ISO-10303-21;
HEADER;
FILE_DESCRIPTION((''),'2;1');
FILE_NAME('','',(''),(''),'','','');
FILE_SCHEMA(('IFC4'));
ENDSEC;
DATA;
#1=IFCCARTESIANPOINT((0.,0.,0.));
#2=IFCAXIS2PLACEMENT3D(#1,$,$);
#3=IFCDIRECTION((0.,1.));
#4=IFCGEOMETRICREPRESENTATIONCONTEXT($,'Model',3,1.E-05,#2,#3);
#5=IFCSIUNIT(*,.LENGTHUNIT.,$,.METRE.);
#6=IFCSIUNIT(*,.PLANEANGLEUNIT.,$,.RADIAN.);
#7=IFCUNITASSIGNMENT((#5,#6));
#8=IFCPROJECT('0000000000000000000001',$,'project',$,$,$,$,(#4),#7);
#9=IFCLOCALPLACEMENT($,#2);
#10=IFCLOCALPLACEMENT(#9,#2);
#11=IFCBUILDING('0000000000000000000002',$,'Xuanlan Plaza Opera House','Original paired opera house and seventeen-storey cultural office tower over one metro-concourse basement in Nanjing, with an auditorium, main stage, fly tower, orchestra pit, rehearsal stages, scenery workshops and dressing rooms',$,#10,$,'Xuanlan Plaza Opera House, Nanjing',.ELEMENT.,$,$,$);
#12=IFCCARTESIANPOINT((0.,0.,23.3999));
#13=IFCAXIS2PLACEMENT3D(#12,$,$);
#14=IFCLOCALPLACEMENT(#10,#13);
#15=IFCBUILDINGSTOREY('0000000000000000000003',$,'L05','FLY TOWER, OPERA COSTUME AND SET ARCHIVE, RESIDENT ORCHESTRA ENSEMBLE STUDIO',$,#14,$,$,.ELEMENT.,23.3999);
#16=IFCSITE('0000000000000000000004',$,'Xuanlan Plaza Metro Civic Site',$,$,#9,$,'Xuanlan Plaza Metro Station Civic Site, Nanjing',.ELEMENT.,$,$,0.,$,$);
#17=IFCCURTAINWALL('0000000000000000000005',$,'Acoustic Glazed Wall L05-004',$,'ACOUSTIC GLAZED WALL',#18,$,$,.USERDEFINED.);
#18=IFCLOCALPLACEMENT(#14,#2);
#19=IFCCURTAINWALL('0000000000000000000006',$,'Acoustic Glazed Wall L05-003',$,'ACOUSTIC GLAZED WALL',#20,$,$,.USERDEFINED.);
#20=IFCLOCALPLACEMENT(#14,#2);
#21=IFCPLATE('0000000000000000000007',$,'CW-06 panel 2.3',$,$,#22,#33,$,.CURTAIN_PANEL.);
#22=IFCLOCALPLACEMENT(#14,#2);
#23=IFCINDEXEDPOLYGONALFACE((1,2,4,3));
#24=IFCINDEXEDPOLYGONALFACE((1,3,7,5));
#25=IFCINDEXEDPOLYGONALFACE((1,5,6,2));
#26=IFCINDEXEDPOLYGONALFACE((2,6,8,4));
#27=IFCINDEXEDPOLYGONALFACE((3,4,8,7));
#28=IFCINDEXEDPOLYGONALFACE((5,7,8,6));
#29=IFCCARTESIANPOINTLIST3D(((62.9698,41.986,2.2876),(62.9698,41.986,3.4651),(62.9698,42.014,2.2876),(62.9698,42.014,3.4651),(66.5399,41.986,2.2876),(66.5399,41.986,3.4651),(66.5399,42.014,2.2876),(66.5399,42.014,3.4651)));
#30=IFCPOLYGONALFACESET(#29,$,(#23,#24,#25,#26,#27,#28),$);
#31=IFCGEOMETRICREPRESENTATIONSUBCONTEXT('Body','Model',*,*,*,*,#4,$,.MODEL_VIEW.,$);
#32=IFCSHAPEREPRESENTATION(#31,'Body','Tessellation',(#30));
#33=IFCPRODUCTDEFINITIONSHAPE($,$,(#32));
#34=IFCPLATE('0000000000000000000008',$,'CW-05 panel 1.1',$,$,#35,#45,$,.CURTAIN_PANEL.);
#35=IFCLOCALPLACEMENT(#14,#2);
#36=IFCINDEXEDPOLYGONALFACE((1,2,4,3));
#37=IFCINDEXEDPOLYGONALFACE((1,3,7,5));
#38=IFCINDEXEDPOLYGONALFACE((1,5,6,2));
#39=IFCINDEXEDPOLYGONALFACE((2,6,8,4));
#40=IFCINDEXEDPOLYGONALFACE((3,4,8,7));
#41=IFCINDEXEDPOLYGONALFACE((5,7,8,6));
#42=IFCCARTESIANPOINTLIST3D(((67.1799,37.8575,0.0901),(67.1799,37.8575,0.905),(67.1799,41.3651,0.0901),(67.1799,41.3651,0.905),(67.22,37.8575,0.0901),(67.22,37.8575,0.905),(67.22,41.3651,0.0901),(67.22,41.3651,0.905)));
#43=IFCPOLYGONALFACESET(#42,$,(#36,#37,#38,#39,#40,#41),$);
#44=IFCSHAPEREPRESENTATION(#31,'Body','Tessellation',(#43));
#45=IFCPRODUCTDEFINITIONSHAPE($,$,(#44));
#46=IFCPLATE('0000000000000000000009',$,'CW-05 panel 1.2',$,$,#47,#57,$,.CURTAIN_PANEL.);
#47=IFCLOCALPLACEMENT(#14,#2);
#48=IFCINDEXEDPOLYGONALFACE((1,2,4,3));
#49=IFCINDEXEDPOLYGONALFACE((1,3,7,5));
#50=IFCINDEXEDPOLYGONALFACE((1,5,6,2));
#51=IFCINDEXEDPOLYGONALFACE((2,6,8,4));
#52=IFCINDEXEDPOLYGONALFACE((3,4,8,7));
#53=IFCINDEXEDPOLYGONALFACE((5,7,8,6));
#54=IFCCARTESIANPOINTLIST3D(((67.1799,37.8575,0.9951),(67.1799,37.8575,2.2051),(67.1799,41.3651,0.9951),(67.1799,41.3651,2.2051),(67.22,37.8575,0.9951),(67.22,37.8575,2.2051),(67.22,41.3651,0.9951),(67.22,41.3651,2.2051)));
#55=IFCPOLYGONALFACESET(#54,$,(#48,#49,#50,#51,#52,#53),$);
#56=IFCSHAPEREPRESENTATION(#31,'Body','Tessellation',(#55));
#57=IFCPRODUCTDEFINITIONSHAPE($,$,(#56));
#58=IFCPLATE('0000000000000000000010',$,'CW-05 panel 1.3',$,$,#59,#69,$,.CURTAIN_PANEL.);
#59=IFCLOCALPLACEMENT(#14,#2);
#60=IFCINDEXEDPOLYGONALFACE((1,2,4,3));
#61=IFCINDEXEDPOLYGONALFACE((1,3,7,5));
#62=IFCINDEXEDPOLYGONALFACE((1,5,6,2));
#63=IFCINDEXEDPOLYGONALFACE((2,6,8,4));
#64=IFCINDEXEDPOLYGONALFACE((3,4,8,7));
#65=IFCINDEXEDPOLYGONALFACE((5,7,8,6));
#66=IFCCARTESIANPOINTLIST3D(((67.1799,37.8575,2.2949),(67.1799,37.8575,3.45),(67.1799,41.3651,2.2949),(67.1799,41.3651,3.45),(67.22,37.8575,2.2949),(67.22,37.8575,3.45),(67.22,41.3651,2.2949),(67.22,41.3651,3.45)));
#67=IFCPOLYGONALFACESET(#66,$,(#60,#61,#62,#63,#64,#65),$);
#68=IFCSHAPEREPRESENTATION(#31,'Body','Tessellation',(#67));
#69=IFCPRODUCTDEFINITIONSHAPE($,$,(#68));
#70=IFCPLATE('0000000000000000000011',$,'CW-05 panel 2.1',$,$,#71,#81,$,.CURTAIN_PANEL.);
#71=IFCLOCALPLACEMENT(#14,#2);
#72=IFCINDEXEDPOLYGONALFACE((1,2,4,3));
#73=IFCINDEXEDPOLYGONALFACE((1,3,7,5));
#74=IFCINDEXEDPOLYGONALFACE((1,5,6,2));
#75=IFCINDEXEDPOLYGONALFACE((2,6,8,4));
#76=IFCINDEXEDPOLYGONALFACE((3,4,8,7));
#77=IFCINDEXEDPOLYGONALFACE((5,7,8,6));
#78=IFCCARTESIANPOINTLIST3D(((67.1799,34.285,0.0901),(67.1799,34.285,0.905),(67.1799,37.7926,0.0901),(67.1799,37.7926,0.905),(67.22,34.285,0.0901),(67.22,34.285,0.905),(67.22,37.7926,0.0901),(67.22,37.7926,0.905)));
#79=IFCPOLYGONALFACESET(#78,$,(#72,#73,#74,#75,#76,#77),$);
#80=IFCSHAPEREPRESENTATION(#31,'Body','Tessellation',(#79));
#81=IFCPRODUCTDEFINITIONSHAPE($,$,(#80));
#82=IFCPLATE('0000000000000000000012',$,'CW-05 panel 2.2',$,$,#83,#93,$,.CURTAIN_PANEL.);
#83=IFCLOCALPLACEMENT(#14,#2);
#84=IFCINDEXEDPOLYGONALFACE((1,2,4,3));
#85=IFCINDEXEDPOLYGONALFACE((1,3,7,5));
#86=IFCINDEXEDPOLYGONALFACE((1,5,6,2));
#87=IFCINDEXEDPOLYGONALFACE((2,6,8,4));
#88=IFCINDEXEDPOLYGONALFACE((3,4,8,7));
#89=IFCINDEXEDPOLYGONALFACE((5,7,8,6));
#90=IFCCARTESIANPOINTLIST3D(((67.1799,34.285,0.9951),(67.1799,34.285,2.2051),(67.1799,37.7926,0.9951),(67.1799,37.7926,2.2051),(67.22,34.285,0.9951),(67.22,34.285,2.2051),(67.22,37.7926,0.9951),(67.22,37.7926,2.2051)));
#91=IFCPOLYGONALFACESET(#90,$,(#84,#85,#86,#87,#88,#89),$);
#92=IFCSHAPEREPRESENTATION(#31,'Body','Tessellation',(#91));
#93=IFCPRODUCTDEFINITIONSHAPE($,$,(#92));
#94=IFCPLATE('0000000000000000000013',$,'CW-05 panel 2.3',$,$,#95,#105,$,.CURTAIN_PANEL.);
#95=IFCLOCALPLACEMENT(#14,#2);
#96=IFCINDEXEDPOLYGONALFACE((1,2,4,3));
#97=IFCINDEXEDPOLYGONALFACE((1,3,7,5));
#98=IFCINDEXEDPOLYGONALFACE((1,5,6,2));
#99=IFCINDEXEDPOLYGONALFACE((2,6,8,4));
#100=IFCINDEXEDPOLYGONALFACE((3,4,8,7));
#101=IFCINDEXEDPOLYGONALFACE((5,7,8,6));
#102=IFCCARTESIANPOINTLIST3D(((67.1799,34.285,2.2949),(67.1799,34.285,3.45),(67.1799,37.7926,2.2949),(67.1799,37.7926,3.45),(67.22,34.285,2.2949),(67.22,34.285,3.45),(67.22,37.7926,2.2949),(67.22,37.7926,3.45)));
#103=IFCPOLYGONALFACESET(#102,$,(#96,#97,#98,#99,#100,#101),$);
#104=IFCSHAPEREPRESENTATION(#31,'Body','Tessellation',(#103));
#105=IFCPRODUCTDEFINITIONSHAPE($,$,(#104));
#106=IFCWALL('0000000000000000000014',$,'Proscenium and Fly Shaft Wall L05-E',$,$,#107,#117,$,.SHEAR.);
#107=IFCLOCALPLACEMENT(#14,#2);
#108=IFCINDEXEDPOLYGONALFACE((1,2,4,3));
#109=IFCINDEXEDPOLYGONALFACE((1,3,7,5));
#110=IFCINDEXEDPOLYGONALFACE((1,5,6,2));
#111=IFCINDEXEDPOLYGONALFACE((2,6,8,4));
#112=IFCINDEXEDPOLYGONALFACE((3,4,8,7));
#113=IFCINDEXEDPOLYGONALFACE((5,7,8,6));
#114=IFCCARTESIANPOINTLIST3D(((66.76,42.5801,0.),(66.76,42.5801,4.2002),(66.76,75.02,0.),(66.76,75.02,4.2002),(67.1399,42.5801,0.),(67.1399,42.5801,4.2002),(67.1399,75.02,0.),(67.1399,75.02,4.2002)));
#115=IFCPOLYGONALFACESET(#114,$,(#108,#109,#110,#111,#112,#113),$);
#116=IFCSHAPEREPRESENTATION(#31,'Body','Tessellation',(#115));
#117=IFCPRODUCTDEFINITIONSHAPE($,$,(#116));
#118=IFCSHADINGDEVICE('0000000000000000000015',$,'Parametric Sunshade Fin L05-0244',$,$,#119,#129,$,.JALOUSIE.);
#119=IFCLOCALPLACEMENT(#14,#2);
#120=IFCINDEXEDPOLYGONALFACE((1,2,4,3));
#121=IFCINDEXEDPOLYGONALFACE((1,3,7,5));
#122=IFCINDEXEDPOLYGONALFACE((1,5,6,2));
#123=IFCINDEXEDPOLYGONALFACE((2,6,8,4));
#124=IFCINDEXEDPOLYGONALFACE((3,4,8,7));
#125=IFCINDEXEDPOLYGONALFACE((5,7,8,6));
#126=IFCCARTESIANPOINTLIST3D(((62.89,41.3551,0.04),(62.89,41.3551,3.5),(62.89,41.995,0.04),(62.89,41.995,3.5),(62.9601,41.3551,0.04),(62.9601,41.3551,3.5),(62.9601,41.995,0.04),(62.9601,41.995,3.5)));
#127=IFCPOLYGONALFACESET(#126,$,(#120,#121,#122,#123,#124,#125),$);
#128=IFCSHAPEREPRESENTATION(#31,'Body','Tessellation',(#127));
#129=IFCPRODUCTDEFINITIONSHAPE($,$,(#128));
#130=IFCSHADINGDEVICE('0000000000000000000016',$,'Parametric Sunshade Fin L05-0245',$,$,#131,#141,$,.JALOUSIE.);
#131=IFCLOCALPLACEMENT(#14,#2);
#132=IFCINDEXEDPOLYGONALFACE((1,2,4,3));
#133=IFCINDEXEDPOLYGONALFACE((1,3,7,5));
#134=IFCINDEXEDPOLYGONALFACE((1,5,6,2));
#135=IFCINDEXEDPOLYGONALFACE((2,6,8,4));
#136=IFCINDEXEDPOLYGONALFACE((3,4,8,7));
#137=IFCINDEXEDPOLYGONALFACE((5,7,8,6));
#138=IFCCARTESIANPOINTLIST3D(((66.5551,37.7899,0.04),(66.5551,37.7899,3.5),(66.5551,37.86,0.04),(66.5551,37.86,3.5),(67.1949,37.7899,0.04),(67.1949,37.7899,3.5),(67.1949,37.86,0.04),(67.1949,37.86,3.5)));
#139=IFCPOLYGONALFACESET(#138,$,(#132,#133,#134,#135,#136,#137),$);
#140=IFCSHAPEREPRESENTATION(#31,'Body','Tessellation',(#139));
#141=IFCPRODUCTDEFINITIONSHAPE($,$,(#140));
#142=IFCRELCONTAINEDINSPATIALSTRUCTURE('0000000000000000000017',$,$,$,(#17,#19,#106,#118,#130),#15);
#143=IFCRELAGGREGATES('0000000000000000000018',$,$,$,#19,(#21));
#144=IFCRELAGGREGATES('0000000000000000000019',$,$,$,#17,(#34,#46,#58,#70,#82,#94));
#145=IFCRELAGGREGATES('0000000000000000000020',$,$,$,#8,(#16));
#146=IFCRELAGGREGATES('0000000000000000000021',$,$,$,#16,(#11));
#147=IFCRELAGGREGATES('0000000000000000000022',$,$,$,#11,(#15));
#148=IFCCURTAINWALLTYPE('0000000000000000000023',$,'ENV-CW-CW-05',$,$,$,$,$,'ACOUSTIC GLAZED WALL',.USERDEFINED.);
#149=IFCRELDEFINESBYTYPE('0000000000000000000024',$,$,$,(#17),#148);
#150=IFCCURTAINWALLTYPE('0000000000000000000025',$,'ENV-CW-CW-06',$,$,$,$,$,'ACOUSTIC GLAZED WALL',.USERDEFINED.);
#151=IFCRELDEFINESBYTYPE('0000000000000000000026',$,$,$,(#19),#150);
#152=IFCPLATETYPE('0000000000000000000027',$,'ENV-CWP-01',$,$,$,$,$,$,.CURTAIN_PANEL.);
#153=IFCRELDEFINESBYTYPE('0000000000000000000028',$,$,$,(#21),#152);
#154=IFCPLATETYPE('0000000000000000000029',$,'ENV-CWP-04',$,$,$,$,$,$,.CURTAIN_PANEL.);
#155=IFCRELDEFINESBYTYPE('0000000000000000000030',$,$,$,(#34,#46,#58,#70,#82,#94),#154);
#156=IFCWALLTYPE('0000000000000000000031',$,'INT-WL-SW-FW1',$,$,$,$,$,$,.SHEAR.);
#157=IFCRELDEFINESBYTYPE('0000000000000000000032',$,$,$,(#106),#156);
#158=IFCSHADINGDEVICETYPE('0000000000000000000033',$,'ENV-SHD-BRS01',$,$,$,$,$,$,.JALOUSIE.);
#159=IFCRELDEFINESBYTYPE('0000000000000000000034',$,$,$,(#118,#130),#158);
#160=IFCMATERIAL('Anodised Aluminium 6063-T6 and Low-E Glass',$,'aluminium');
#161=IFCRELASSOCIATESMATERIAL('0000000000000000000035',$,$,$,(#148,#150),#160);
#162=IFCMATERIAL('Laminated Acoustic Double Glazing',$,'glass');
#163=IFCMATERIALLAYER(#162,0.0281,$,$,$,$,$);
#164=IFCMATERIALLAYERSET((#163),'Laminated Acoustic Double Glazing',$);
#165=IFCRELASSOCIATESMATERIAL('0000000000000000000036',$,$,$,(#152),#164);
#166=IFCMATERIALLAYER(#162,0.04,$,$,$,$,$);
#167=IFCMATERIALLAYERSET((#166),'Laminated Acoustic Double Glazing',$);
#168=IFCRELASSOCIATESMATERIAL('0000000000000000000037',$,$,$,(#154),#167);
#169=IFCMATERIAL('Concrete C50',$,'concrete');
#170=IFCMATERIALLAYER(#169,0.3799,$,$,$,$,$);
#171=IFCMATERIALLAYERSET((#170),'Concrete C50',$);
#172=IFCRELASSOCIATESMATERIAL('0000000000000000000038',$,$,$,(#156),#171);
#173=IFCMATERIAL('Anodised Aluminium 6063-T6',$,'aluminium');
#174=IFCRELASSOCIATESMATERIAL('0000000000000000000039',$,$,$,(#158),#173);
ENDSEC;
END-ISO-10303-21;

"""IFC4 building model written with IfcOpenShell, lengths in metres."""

from ifc_helpers import new_model, si_unit, direction, frame, frame_2d, origin, origin_2d, place, context, subcontext, project, spatial, rectangle, extrude, material, layer, layer_set, type_object, element, aggregate, save


model = new_model("IFC4")

# Units and contexts
model_context = context("Model", 3, precision=1e-05, world=origin(), true_north=direction((0.0, 1.0)))
body_context = subcontext(model_context, "Body", "Model", "MODEL_VIEW")
ifc_project = project(units=[si_unit("LENGTHUNIT", "METRE"), si_unit("PLANEANGLEUNIT", "RADIAN")], contexts=[model_context])

# Site, building, storey
site_placement = place(None, origin())
site = spatial("IfcSite", under=ifc_project, at=site_placement, Name="Xuanlan Plaza Metro Civic Site", LongName="Xuanlan Plaza Metro Station Civic Site, Nanjing", CompositionType="ELEMENT", RefElevation=0.0)
building_placement = place(site_placement, origin())
building = spatial("IfcBuilding", under=site, at=building_placement, Name="Xuanlan Plaza Opera House", Description="Original paired opera house and seventeen-storey cultural office tower over one metro-concourse basement in Nanjing, with an auditorium, main stage, fly tower, orchestra pit, rehearsal stages, scenery workshops and dressing rooms", LongName="Xuanlan Plaza Opera House, Nanjing", CompositionType="ELEMENT")
storey_placement = place(building_placement, frame((0.0, 0.0, 23.3999)))
storey = spatial("IfcBuildingStorey", under=building, at=storey_placement, Name="L05", Description="FLY TOWER, OPERA COSTUME AND SET ARCHIVE, RESIDENT ORCHESTRA ENSEMBLE STUDIO", CompositionType="ELEMENT", Elevation=23.3999)

# Shared definitions
ifc_material_1 = material(Name="Concrete C50", Category="concrete")

# Curtain walls
ifc_material_2 = material(Name="Anodised Aluminium 6063-T6 and Low-E Glass", Category="aluminium")
curtain_wall_type_1 = type_object("IfcCurtainWallType", Name="ENV-CW-CW-05", ElementType="ACOUSTIC GLAZED WALL", PredefinedType="USERDEFINED", material=ifc_material_2)
curtain_wall_1_placement = place(storey_placement, origin())
curtain_wall_1 = element("IfcCurtainWall", 1, at=curtain_wall_1_placement, inside=storey, type_object=curtain_wall_type_1, Name="Acoustic Glazed Wall L05-004", ObjectType="ACOUSTIC GLAZED WALL", PredefinedType="USERDEFINED")
ifc_material_3 = material(Name="Anodised Aluminium 6063-T6", Category="aluminium")
curtain_wall_type_2 = type_object("IfcCurtainWallType", Name="ENV-CW-CW-06", ElementType="ACOUSTIC GLAZED WALL", PredefinedType="USERDEFINED", material=ifc_material_2)
curtain_wall_2_placement = place(storey_placement, origin())
curtain_wall_2 = element("IfcCurtainWall", 2, at=curtain_wall_2_placement, inside=storey, type_object=curtain_wall_type_2, Name="Acoustic Glazed Wall L05-003", ObjectType="ACOUSTIC GLAZED WALL", PredefinedType="USERDEFINED")

# Plates
ifc_material_4 = material(Name="Laminated Acoustic Double Glazing", Category="glass")
ifc_layer_1 = layer(ifc_material_4, 0.0281)
ifc_layer_set_1 = layer_set([ifc_layer_1], Name="Laminated Acoustic Double Glazing")
plate_type_1 = type_object("IfcPlateType", Name="ENV-CWP-01", PredefinedType="CURTAIN_PANEL", material=ifc_layer_set_1)
plate_1_placement = place(storey_placement, frame((64.7549, 42.0, 2.2876), z_axis=(0.0, 0.0, 1.0), x_axis=(1.0, 0.0, 0.0)))
plate_1 = element("IfcPlate", 3, at=plate_1_placement, type_object=plate_type_1, Name="CW-06 panel 2.3", PredefinedType="CURTAIN_PANEL", context=body_context, shape_type="SweptSolid", body=[
    extrude(rectangle(XDim=3.5701, YDim=0.0281, at=origin_2d()), origin(), (0.0, 0.0, 1.0), 1.1775),
])
aggregate(curtain_wall_2, [plate_1])
ifc_layer_2 = layer(ifc_material_4, 0.04)
ifc_layer_set_2 = layer_set([ifc_layer_2], Name="Laminated Acoustic Double Glazing")
plate_type_2 = type_object("IfcPlateType", Name="ENV-CWP-04", PredefinedType="CURTAIN_PANEL", material=ifc_layer_set_2)
plate_2_placement = place(storey_placement, frame((67.2, 39.6113, 0.0901), z_axis=(0.0, 0.0, 1.0), x_axis=(0.0, -1.0, 0.0)))
plate_2 = element("IfcPlate", 4, at=plate_2_placement, type_object=plate_type_2, Name="CW-05 panel 1.1", PredefinedType="CURTAIN_PANEL", context=body_context, shape_type="SweptSolid", body=[
    extrude(rectangle(XDim=3.5076, YDim=0.04, at=origin_2d()), origin(), (0.0, 0.0, 1.0), 0.8149),
])
plate_3_placement = place(storey_placement, frame((67.2, 39.6113, 0.9951), z_axis=(0.0, 0.0, 1.0), x_axis=(0.0, -1.0, 0.0)))
plate_3 = element("IfcPlate", 5, at=plate_3_placement, type_object=plate_type_2, Name="CW-05 panel 1.2", PredefinedType="CURTAIN_PANEL", context=body_context, shape_type="SweptSolid", body=[
    extrude(rectangle(XDim=3.5076, YDim=0.04, at=origin_2d()), origin(), (0.0, 0.0, 1.0), 1.21),
])
plate_4_placement = place(storey_placement, frame((67.2, 39.6113, 2.2949), z_axis=(0.0, 0.0, 1.0), x_axis=(0.0, -1.0, 0.0)))
plate_4 = element("IfcPlate", 6, at=plate_4_placement, type_object=plate_type_2, Name="CW-05 panel 1.3", PredefinedType="CURTAIN_PANEL", context=body_context, shape_type="SweptSolid", body=[
    extrude(rectangle(XDim=3.5076, YDim=0.04, at=origin_2d()), origin(), (0.0, 0.0, 1.0), 1.155),
])
plate_5_placement = place(storey_placement, frame((67.2, 36.0388, 0.0901), z_axis=(0.0, 0.0, 1.0), x_axis=(0.0, -1.0, 0.0)))
plate_5 = element("IfcPlate", 7, at=plate_5_placement, type_object=plate_type_2, Name="CW-05 panel 2.1", PredefinedType="CURTAIN_PANEL", context=body_context, shape_type="SweptSolid", body=[
    extrude(rectangle(XDim=3.5076, YDim=0.04, at=origin_2d()), origin(), (0.0, 0.0, 1.0), 0.8149),
])
plate_6_placement = place(storey_placement, frame((67.2, 36.0388, 0.9951), z_axis=(0.0, 0.0, 1.0), x_axis=(0.0, -1.0, 0.0)))
plate_6 = element("IfcPlate", 8, at=plate_6_placement, type_object=plate_type_2, Name="CW-05 panel 2.2", PredefinedType="CURTAIN_PANEL", context=body_context, shape_type="SweptSolid", body=[
    extrude(rectangle(XDim=3.5076, YDim=0.04, at=origin_2d()), origin(), (0.0, 0.0, 1.0), 1.21),
])
plate_7_placement = place(storey_placement, frame((67.2, 36.0388, 2.2949), z_axis=(0.0, 0.0, 1.0), x_axis=(0.0, -1.0, 0.0)))
plate_7 = element("IfcPlate", 9, at=plate_7_placement, type_object=plate_type_2, Name="CW-05 panel 2.3", PredefinedType="CURTAIN_PANEL", context=body_context, shape_type="SweptSolid", body=[
    extrude(rectangle(XDim=3.5076, YDim=0.04, at=origin_2d()), origin(), (0.0, 0.0, 1.0), 1.155),
])
aggregate(curtain_wall_1, [plate_2, plate_3, plate_4, plate_5, plate_6, plate_7])

# Wall
ifc_layer_3 = layer(ifc_material_1, 0.3799)
ifc_layer_set_3 = layer_set([ifc_layer_3], Name="Concrete C50")
wall_type = type_object("IfcWallType", Name="INT-WL-SW-FW1", PredefinedType="SHEAR", material=ifc_layer_set_3)
wall_placement = place(storey_placement, frame((66.95, 42.5801, 0.0), z_axis=(0.0, 0.0, 1.0), x_axis=(0.0, 1.0, 0.0)))
element("IfcWall", 10, at=wall_placement, inside=storey, type_object=wall_type, Name="Proscenium and Fly Shaft Wall L05-E", PredefinedType="SHEAR", context=body_context, shape_type="SweptSolid", body=[
    extrude(rectangle(XDim=32.4399, YDim=0.3799, at=frame_2d((16.22, 0.0))), origin(), (0.0, 0.0, 1.0), 4.2002),
])

# Shading devices
shading_device_type = type_object("IfcShadingDeviceType", Name="ENV-SHD-BRS01", PredefinedType="JALOUSIE", material=ifc_material_3)
for number, where, z_axis, x_axis, name in (
    (11, (62.925, 41.675, 0.04), (0.0, 0.0, 1.0), (0.0, -1.0, 0.0), "Parametric Sunshade Fin L05-0244"),
    (12, (66.875, 37.825, 0.04), (0.0, 0.0, 1.0), (-1.0, 0.0, 0.0), "Parametric Sunshade Fin L05-0245"),
):
    element("IfcShadingDevice", number, at=place(storey_placement, frame(where, z_axis=z_axis, x_axis=x_axis)), inside=storey, type_object=shading_device_type, Name=name, PredefinedType="JALOUSIE", context=body_context, shape_type="SweptSolid", body=[
        extrude(rectangle(XDim=0.6399, YDim=0.0701, at=origin_2d()), origin(), (0.0, 0.0, 1.0), 3.46),
    ])

save(model, "model.ifc")
